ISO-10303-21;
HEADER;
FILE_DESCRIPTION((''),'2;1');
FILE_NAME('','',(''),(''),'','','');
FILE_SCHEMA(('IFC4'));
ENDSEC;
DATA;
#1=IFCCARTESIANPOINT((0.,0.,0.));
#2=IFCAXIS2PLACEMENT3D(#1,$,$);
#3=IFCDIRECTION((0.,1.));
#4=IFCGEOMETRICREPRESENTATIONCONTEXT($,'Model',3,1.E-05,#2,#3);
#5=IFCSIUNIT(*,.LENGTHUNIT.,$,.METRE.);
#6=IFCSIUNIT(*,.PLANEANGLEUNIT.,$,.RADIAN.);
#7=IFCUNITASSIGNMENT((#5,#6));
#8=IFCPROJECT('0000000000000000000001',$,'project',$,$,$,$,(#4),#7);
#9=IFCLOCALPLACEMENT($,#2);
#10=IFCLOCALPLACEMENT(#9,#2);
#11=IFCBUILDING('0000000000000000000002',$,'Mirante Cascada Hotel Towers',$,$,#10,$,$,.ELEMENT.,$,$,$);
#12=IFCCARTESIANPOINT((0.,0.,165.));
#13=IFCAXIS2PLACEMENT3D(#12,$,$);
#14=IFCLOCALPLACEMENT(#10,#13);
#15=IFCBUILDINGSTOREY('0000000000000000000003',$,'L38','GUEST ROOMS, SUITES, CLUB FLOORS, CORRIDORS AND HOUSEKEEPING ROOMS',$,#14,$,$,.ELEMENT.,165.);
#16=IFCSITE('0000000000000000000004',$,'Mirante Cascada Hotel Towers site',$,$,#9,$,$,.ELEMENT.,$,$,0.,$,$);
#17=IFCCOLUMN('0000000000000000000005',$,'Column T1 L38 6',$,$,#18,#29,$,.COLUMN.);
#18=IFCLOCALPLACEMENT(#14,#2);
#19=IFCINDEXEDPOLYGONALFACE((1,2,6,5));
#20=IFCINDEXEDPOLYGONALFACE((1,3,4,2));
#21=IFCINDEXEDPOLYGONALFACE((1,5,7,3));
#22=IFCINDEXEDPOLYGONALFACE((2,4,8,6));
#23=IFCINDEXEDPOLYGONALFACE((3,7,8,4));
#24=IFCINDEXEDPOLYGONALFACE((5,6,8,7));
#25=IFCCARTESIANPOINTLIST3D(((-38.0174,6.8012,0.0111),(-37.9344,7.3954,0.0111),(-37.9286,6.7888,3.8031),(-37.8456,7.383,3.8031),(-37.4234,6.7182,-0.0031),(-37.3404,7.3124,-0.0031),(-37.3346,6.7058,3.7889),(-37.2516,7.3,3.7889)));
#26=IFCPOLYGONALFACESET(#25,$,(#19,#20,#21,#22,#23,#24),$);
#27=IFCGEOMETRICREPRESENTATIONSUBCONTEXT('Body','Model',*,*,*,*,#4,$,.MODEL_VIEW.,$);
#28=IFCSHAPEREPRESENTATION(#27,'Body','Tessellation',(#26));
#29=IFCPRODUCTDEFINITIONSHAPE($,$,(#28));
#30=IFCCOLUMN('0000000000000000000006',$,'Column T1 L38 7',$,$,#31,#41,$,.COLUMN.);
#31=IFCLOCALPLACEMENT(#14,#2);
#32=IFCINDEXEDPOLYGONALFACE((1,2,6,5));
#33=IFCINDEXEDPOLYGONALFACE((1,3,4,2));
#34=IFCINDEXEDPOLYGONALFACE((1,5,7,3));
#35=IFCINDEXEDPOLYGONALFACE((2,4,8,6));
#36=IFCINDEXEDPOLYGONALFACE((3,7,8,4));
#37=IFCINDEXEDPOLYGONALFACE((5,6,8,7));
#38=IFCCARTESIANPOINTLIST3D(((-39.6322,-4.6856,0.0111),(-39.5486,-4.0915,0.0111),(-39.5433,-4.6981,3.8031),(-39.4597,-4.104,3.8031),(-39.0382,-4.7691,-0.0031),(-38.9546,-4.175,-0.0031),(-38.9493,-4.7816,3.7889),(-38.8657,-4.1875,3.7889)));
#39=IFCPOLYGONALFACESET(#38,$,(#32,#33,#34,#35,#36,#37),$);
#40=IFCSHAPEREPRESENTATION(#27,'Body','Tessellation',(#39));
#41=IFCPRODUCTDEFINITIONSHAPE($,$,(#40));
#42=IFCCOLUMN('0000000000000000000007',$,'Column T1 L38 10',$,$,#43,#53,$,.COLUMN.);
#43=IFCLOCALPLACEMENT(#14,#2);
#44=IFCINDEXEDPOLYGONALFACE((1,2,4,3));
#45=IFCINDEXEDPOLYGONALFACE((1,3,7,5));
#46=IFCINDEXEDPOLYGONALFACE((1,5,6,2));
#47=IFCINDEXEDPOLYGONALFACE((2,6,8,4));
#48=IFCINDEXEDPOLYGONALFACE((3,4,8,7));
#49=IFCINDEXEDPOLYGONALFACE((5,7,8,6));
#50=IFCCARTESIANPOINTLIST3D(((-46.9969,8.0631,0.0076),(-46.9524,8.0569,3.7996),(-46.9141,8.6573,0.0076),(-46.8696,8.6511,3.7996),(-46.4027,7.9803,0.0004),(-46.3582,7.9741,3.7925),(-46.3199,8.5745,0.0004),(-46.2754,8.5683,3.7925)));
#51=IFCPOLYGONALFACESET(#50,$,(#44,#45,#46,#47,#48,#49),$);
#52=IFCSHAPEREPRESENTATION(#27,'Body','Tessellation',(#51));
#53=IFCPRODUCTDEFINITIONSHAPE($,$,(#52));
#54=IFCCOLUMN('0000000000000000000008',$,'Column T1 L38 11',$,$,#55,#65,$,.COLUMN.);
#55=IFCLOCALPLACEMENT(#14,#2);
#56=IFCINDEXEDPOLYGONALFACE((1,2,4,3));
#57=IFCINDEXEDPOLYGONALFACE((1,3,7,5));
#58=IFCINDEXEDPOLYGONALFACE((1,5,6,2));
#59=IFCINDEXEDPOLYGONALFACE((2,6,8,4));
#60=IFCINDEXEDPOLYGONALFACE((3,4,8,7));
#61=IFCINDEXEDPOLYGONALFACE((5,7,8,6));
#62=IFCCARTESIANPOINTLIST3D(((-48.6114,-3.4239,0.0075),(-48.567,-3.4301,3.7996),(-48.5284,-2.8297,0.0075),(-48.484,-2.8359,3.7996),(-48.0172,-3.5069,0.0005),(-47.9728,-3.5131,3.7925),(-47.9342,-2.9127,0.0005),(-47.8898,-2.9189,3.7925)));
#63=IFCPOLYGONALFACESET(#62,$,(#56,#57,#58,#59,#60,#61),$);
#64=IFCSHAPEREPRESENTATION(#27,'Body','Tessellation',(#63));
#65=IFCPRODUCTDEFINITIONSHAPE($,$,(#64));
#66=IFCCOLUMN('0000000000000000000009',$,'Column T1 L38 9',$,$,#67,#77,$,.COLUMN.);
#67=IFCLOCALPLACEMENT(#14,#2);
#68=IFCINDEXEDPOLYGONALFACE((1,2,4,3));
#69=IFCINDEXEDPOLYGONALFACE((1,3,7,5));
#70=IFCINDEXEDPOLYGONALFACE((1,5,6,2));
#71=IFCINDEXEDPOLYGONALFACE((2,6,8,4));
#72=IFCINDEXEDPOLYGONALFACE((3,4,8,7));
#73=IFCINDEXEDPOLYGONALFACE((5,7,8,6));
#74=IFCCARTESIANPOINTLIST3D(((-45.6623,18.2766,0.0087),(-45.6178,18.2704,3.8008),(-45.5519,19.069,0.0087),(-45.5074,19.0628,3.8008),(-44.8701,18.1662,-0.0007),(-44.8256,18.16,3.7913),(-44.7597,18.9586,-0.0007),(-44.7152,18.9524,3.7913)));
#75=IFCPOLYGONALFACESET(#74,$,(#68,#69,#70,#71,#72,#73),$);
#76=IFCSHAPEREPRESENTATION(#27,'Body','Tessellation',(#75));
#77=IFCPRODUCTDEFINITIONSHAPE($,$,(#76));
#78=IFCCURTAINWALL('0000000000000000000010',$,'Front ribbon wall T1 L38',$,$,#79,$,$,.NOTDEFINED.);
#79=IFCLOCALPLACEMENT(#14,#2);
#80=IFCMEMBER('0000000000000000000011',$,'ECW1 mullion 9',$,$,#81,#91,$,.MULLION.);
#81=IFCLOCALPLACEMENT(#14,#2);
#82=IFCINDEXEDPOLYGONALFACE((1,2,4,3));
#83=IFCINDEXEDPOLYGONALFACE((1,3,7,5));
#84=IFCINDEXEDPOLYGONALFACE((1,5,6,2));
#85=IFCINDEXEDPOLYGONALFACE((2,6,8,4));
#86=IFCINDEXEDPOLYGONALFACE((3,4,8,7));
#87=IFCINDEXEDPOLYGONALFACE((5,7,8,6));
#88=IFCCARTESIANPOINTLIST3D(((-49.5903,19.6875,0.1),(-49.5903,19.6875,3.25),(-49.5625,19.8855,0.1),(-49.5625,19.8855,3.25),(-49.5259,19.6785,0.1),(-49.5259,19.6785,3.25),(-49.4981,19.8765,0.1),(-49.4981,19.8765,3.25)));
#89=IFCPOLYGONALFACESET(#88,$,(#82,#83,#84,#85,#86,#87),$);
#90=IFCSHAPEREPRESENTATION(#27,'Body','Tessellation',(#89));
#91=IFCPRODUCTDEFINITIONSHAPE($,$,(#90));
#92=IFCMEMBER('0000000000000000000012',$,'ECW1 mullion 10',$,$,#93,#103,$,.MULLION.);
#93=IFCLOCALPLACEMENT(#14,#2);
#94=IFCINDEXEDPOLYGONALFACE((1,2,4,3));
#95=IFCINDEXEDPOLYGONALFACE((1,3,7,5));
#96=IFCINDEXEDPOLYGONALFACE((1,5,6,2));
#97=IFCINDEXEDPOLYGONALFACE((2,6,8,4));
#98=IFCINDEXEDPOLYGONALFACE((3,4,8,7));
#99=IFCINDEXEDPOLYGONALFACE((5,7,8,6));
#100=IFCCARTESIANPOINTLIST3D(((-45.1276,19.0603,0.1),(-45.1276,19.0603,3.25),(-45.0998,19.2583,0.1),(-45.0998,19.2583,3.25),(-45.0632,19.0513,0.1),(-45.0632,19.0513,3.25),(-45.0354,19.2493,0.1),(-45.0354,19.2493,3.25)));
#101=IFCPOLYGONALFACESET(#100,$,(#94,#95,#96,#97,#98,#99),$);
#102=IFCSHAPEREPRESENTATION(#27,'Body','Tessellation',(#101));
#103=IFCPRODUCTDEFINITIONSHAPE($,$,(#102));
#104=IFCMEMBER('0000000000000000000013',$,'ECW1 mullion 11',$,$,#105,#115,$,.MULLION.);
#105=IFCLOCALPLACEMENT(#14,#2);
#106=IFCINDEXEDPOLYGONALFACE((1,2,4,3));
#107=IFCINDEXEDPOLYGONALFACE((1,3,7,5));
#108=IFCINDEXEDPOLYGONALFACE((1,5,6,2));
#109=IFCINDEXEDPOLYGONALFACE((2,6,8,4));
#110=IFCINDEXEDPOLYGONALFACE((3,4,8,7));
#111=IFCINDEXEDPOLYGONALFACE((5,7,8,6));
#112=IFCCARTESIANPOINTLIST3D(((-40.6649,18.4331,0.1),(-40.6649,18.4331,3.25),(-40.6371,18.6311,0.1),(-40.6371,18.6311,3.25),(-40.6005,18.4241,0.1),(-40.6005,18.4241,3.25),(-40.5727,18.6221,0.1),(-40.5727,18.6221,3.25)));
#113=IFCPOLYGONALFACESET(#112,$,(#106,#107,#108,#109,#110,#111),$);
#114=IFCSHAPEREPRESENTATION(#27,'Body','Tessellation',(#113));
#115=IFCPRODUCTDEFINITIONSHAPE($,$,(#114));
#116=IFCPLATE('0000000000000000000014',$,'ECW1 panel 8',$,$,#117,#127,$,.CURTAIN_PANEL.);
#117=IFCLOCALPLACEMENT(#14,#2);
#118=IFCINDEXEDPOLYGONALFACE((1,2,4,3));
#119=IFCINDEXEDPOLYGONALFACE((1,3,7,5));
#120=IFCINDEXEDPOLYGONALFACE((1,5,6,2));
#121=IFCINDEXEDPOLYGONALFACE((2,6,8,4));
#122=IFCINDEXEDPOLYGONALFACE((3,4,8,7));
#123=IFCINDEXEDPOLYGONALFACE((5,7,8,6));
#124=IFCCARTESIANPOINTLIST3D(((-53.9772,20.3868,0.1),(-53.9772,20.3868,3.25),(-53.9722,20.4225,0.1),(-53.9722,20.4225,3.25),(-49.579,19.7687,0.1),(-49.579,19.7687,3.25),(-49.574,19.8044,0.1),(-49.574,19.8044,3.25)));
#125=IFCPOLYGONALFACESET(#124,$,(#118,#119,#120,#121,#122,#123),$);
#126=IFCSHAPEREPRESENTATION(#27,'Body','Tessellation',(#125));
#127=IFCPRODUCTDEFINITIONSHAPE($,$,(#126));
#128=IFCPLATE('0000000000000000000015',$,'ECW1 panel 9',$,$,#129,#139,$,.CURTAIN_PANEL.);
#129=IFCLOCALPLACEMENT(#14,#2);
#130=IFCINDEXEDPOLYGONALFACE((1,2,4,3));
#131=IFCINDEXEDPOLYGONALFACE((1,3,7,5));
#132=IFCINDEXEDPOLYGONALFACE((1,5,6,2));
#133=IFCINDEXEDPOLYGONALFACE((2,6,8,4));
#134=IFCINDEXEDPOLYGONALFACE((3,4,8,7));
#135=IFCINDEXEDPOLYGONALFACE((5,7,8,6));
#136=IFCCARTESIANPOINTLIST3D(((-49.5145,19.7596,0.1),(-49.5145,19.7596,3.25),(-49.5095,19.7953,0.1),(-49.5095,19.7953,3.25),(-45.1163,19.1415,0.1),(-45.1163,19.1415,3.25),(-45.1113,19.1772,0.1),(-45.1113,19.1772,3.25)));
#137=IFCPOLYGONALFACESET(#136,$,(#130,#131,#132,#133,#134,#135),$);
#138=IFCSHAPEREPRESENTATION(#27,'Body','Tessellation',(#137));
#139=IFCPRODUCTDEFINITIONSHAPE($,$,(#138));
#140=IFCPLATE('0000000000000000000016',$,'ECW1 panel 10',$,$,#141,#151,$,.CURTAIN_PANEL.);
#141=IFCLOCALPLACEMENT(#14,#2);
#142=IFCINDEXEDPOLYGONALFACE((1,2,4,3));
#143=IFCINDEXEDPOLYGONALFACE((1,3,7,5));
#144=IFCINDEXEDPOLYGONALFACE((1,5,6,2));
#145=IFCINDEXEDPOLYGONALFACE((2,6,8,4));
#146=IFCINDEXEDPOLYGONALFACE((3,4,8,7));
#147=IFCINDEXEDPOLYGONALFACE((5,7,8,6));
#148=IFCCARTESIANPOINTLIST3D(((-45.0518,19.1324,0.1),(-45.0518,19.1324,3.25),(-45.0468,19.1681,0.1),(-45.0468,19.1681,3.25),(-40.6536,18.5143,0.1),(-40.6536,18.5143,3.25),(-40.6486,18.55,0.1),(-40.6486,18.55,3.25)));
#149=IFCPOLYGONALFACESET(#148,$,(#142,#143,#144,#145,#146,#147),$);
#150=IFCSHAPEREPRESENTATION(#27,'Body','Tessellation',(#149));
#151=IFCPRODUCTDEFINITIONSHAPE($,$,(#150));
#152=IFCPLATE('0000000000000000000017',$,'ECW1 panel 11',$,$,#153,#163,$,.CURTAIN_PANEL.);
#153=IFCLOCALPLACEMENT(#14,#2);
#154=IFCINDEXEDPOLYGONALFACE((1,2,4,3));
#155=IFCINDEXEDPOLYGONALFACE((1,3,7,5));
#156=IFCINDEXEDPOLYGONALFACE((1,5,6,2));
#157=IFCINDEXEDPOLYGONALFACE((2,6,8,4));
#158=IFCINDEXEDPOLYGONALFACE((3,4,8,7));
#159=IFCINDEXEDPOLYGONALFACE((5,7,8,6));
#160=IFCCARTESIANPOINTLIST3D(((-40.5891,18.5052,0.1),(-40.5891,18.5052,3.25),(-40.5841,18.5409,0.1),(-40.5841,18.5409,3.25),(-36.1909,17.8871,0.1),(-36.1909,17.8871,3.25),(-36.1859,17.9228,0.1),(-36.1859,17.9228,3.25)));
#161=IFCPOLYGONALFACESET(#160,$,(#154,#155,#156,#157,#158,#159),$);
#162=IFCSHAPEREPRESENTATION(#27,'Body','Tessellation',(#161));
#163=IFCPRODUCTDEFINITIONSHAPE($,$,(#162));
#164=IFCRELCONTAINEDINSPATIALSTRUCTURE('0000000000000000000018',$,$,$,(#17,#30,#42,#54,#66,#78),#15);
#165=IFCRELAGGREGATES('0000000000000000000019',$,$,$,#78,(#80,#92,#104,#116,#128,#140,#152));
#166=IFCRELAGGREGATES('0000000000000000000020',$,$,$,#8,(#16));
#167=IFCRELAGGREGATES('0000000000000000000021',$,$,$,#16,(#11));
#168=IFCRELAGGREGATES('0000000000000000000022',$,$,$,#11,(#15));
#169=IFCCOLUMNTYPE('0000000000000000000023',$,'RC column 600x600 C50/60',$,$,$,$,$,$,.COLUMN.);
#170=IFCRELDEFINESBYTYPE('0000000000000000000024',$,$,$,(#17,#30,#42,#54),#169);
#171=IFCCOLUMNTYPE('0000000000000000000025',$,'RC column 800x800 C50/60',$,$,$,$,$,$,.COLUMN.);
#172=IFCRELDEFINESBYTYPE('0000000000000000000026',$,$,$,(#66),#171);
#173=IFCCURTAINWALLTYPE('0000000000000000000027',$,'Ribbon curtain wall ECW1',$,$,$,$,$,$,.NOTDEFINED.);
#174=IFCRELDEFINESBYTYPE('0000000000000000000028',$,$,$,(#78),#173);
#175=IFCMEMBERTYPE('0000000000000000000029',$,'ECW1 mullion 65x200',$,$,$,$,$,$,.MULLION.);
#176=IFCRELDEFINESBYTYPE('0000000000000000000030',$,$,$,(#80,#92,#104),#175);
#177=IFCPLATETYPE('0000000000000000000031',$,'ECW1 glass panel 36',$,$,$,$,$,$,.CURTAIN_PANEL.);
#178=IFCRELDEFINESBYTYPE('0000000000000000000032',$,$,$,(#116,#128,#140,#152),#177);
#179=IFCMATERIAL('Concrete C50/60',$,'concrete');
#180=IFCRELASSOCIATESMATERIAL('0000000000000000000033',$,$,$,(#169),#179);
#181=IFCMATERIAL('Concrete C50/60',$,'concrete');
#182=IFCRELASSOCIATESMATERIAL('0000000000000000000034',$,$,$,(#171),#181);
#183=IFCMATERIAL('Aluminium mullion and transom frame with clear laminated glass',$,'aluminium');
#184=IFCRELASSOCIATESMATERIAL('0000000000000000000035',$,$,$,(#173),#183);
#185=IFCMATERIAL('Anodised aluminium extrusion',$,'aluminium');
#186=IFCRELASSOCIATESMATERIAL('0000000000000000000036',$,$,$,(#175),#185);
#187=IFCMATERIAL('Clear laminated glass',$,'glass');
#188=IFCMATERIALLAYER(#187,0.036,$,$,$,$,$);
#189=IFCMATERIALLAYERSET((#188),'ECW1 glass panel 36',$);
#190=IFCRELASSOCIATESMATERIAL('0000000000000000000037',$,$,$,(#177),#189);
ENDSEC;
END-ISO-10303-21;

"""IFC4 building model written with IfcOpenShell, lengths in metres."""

from ifc_helpers import new_model, si_unit, direction, frame, origin, origin_2d, place, context, subcontext, project, spatial, rectangle, extrude, material, layer, layer_set, material_profile, profile_set, type_object, element, aggregate, save


model = new_model("IFC4")

# Units and contexts
model_context = context("Model", 3, precision=1e-05, world=origin(), true_north=direction((0.0, 1.0)))
body_context = subcontext(model_context, "Body", "Model", "MODEL_VIEW")
ifc_project = project(units=[si_unit("LENGTHUNIT", "METRE"), si_unit("PLANEANGLEUNIT", "RADIAN")], contexts=[model_context])

# Site, building, storey
site_placement = place(None, origin())
site = spatial("IfcSite", under=ifc_project, at=site_placement, Name="Mirante Cascada Hotel Towers site", CompositionType="ELEMENT", RefElevation=0.0)
building_placement = place(site_placement, origin())
building = spatial("IfcBuilding", under=site, at=building_placement, Name="Mirante Cascada Hotel Towers", CompositionType="ELEMENT")
storey_placement = place(building_placement, frame((0.0, 0.0, 165.0)))
storey = spatial("IfcBuildingStorey", under=building, at=storey_placement, Name="L38", Description="GUEST ROOMS, SUITES, CLUB FLOORS, CORRIDORS AND HOUSEKEEPING ROOMS", CompositionType="ELEMENT", Elevation=165.0)

# Columns
ifc_material_1 = material(Name="Concrete C50/60", Category="concrete")
ifc_material_profile_1 = material_profile(ifc_material_1, rectangle(XDim=0.6, YDim=0.6, at=origin_2d()), Name="RC column 600x600 C50/60")
ifc_profile_set_1 = profile_set([ifc_material_profile_1], Name="Concrete C50/60")
column_type_1 = type_object("IfcColumnType", Name="RC column 600x600 C50/60", PredefinedType="COLUMN", material=ifc_profile_set_1)
for number, where, z_axis, x_axis, name in (
    (1, (-37.6789, 7.0568, 0.004), (0.023411, -0.003269, 0.999721), (0.138298, 0.990391, 0.0), "Column T1 L38 6"),
    (2, (-39.2934, -4.4303, 0.004), (0.023438, -0.003295, 0.99972), (0.139238, 0.990259, 0.0), "Column T1 L38 7"),
):
    element("IfcColumn", number, at=place(storey_placement, frame(where, z_axis=z_axis, x_axis=x_axis)), inside=storey, type_object=column_type_1, Name=name, PredefinedType="COLUMN", context=body_context, shape_type="SweptSolid", body=[
        extrude(rectangle(XDim=0.6, YDim=0.6, at=origin_2d()), origin(), (0.0, 0.0, 1.0), 3.7931),
    ])
for number, where, z_axis, x_axis, name in (
    (3, (-46.6584, 8.3188, 0.004), (0.011734, -0.001635, 0.99993), (0.137993, 0.990433, 0.0), "Column T1 L38 10"),
    (4, (-48.2728, -3.1683, 0.004), (0.011708, -0.001635, 0.99993), (0.138298, 0.990391, 0.0), "Column T1 L38 11"),
):
    element("IfcColumn", number, at=place(storey_placement, frame(where, z_axis=z_axis, x_axis=x_axis)), inside=storey, type_object=column_type_1, Name=name, PredefinedType="COLUMN", context=body_context, shape_type="SweptSolid", body=[
        extrude(rectangle(XDim=0.6, YDim=0.6, at=origin_2d()), origin(), (0.0, 0.0, 1.0), 3.7923),
    ])
ifc_material_2 = material(Name="Concrete C50/60", Category="concrete")
ifc_material_profile_2 = material_profile(ifc_material_2, rectangle(XDim=0.8, YDim=0.8, at=origin_2d()), Name="RC column 800x800 C50/60")
ifc_profile_set_2 = profile_set([ifc_material_profile_2], Name="Concrete C50/60")
column_type_2 = type_object("IfcColumnType", Name="RC column 800x800 C50/60", PredefinedType="COLUMN", material=ifc_profile_set_2)
column_placement = place(storey_placement, frame((-45.211, 18.6176, 0.004), z_axis=(0.011734, -0.001635, 0.99993), x_axis=(0.137993, 0.990433, 0.0)))
element("IfcColumn", 5, at=column_placement, inside=storey, type_object=column_type_2, Name="Column T1 L38 9", PredefinedType="COLUMN", context=body_context, shape_type="SweptSolid", body=[
    extrude(rectangle(XDim=0.8, YDim=0.8, at=origin_2d()), origin(), (0.0, 0.0, 1.0), 3.7923),
])

# Curtain wall, members, plates
ifc_material_3 = material(Name="Aluminium mullion and transom frame with clear laminated glass", Category="aluminium")
curtain_wall_type = type_object("IfcCurtainWallType", Name="Ribbon curtain wall ECW1", PredefinedType="NOTDEFINED", material=ifc_material_3)
curtain_wall_placement = place(storey_placement, origin())
curtain_wall = element("IfcCurtainWall", 6, at=curtain_wall_placement, inside=storey, type_object=curtain_wall_type, Name="Front ribbon wall T1 L38", PredefinedType="NOTDEFINED")
ifc_material_4 = material(Name="Anodised aluminium extrusion", Category="aluminium")
ifc_material_profile_3 = material_profile(ifc_material_4, rectangle(XDim=0.2, YDim=0.065, at=origin_2d()), Name="ECW1 MULLION 65x200")
ifc_profile_set_3 = profile_set([ifc_material_profile_3], Name="Anodised aluminium extrusion")
member_type = type_object("IfcMemberType", Name="ECW1 mullion 65x200", PredefinedType="MULLION", material=ifc_profile_set_3)
member_1_placement = place(storey_placement, frame((-49.5442, 19.782, 0.1), z_axis=(0.0, 0.0, 1.0), x_axis=(0.139173, 0.990268, 0.0)))
member_1 = element("IfcMember", 7, at=member_1_placement, type_object=member_type, Name="ECW1 mullion 9", PredefinedType="MULLION", context=body_context, shape_type="SweptSolid", body=[
    extrude(rectangle(XDim=0.2, YDim=0.065, at=origin_2d()), origin(), (0.0, 0.0, 1.0), 3.15),
])
member_2_placement = place(storey_placement, frame((-45.0815, 19.1548, 0.1), z_axis=(0.0, 0.0, 1.0), x_axis=(0.139173, 0.990268, 0.0)))
member_2 = element("IfcMember", 8, at=member_2_placement, type_object=member_type, Name="ECW1 mullion 10", PredefinedType="MULLION", context=body_context, shape_type="SweptSolid", body=[
    extrude(rectangle(XDim=0.2, YDim=0.065, at=origin_2d()), origin(), (0.0, 0.0, 1.0), 3.15),
])
member_3_placement = place(storey_placement, frame((-40.6188, 18.5276, 0.1), z_axis=(0.0, 0.0, 1.0), x_axis=(0.139173, 0.990268, 0.0)))
member_3 = element("IfcMember", 9, at=member_3_placement, type_object=member_type, Name="ECW1 mullion 11", PredefinedType="MULLION", context=body_context, shape_type="SweptSolid", body=[
    extrude(rectangle(XDim=0.2, YDim=0.065, at=origin_2d()), origin(), (0.0, 0.0, 1.0), 3.15),
])
ifc_material_5 = material(Name="Clear laminated glass", Category="glass")
ifc_layer_1 = layer(ifc_material_5, 0.036)
ifc_layer_set_1 = layer_set([ifc_layer_1], Name="ECW1 glass panel 36")
plate_type = type_object("IfcPlateType", Name="ECW1 glass panel 36", PredefinedType="CURTAIN_PANEL", material=ifc_layer_set_1)
plate_1_placement = place(storey_placement, frame((-51.7756, 20.0956, 0.1), z_axis=(0.0, 0.0, 1.0), x_axis=(0.990268, -0.139173, 0.0)))
plate_1 = element("IfcPlate", 10, at=plate_1_placement, type_object=plate_type, Name="ECW1 panel 8", PredefinedType="CURTAIN_PANEL", context=body_context, shape_type="SweptSolid", body=[
    extrude(rectangle(XDim=4.4415, YDim=0.036, at=origin_2d()), origin(), (0.0, 0.0, 1.0), 3.15),
])
plate_2_placement = place(storey_placement, frame((-47.3129, 19.4684, 0.1), z_axis=(0.0, 0.0, 1.0), x_axis=(0.990268, -0.139173, 0.0)))
plate_2 = element("IfcPlate", 11, at=plate_2_placement, type_object=plate_type, Name="ECW1 panel 9", PredefinedType="CURTAIN_PANEL", context=body_context, shape_type="SweptSolid", body=[
    extrude(rectangle(XDim=4.4415, YDim=0.036, at=origin_2d()), origin(), (0.0, 0.0, 1.0), 3.15),
])
plate_3_placement = place(storey_placement, frame((-42.8502, 18.8412, 0.1), z_axis=(0.0, 0.0, 1.0), x_axis=(0.990268, -0.139173, 0.0)))
plate_3 = element("IfcPlate", 12, at=plate_3_placement, type_object=plate_type, Name="ECW1 panel 10", PredefinedType="CURTAIN_PANEL", context=body_context, shape_type="SweptSolid", body=[
    extrude(rectangle(XDim=4.4415, YDim=0.036, at=origin_2d()), origin(), (0.0, 0.0, 1.0), 3.15),
])
plate_4_placement = place(storey_placement, frame((-38.3875, 18.214, 0.1), z_axis=(0.0, 0.0, 1.0), x_axis=(0.990268, -0.139173, 0.0)))
plate_4 = element("IfcPlate", 13, at=plate_4_placement, type_object=plate_type, Name="ECW1 panel 11", PredefinedType="CURTAIN_PANEL", context=body_context, shape_type="SweptSolid", body=[
    extrude(rectangle(XDim=4.4415, YDim=0.036, at=origin_2d()), origin(), (0.0, 0.0, 1.0), 3.15),
])
aggregate(curtain_wall, [member_1, member_2, member_3, plate_1, plate_2, plate_3, plate_4])

save(model, "model.ifc")
